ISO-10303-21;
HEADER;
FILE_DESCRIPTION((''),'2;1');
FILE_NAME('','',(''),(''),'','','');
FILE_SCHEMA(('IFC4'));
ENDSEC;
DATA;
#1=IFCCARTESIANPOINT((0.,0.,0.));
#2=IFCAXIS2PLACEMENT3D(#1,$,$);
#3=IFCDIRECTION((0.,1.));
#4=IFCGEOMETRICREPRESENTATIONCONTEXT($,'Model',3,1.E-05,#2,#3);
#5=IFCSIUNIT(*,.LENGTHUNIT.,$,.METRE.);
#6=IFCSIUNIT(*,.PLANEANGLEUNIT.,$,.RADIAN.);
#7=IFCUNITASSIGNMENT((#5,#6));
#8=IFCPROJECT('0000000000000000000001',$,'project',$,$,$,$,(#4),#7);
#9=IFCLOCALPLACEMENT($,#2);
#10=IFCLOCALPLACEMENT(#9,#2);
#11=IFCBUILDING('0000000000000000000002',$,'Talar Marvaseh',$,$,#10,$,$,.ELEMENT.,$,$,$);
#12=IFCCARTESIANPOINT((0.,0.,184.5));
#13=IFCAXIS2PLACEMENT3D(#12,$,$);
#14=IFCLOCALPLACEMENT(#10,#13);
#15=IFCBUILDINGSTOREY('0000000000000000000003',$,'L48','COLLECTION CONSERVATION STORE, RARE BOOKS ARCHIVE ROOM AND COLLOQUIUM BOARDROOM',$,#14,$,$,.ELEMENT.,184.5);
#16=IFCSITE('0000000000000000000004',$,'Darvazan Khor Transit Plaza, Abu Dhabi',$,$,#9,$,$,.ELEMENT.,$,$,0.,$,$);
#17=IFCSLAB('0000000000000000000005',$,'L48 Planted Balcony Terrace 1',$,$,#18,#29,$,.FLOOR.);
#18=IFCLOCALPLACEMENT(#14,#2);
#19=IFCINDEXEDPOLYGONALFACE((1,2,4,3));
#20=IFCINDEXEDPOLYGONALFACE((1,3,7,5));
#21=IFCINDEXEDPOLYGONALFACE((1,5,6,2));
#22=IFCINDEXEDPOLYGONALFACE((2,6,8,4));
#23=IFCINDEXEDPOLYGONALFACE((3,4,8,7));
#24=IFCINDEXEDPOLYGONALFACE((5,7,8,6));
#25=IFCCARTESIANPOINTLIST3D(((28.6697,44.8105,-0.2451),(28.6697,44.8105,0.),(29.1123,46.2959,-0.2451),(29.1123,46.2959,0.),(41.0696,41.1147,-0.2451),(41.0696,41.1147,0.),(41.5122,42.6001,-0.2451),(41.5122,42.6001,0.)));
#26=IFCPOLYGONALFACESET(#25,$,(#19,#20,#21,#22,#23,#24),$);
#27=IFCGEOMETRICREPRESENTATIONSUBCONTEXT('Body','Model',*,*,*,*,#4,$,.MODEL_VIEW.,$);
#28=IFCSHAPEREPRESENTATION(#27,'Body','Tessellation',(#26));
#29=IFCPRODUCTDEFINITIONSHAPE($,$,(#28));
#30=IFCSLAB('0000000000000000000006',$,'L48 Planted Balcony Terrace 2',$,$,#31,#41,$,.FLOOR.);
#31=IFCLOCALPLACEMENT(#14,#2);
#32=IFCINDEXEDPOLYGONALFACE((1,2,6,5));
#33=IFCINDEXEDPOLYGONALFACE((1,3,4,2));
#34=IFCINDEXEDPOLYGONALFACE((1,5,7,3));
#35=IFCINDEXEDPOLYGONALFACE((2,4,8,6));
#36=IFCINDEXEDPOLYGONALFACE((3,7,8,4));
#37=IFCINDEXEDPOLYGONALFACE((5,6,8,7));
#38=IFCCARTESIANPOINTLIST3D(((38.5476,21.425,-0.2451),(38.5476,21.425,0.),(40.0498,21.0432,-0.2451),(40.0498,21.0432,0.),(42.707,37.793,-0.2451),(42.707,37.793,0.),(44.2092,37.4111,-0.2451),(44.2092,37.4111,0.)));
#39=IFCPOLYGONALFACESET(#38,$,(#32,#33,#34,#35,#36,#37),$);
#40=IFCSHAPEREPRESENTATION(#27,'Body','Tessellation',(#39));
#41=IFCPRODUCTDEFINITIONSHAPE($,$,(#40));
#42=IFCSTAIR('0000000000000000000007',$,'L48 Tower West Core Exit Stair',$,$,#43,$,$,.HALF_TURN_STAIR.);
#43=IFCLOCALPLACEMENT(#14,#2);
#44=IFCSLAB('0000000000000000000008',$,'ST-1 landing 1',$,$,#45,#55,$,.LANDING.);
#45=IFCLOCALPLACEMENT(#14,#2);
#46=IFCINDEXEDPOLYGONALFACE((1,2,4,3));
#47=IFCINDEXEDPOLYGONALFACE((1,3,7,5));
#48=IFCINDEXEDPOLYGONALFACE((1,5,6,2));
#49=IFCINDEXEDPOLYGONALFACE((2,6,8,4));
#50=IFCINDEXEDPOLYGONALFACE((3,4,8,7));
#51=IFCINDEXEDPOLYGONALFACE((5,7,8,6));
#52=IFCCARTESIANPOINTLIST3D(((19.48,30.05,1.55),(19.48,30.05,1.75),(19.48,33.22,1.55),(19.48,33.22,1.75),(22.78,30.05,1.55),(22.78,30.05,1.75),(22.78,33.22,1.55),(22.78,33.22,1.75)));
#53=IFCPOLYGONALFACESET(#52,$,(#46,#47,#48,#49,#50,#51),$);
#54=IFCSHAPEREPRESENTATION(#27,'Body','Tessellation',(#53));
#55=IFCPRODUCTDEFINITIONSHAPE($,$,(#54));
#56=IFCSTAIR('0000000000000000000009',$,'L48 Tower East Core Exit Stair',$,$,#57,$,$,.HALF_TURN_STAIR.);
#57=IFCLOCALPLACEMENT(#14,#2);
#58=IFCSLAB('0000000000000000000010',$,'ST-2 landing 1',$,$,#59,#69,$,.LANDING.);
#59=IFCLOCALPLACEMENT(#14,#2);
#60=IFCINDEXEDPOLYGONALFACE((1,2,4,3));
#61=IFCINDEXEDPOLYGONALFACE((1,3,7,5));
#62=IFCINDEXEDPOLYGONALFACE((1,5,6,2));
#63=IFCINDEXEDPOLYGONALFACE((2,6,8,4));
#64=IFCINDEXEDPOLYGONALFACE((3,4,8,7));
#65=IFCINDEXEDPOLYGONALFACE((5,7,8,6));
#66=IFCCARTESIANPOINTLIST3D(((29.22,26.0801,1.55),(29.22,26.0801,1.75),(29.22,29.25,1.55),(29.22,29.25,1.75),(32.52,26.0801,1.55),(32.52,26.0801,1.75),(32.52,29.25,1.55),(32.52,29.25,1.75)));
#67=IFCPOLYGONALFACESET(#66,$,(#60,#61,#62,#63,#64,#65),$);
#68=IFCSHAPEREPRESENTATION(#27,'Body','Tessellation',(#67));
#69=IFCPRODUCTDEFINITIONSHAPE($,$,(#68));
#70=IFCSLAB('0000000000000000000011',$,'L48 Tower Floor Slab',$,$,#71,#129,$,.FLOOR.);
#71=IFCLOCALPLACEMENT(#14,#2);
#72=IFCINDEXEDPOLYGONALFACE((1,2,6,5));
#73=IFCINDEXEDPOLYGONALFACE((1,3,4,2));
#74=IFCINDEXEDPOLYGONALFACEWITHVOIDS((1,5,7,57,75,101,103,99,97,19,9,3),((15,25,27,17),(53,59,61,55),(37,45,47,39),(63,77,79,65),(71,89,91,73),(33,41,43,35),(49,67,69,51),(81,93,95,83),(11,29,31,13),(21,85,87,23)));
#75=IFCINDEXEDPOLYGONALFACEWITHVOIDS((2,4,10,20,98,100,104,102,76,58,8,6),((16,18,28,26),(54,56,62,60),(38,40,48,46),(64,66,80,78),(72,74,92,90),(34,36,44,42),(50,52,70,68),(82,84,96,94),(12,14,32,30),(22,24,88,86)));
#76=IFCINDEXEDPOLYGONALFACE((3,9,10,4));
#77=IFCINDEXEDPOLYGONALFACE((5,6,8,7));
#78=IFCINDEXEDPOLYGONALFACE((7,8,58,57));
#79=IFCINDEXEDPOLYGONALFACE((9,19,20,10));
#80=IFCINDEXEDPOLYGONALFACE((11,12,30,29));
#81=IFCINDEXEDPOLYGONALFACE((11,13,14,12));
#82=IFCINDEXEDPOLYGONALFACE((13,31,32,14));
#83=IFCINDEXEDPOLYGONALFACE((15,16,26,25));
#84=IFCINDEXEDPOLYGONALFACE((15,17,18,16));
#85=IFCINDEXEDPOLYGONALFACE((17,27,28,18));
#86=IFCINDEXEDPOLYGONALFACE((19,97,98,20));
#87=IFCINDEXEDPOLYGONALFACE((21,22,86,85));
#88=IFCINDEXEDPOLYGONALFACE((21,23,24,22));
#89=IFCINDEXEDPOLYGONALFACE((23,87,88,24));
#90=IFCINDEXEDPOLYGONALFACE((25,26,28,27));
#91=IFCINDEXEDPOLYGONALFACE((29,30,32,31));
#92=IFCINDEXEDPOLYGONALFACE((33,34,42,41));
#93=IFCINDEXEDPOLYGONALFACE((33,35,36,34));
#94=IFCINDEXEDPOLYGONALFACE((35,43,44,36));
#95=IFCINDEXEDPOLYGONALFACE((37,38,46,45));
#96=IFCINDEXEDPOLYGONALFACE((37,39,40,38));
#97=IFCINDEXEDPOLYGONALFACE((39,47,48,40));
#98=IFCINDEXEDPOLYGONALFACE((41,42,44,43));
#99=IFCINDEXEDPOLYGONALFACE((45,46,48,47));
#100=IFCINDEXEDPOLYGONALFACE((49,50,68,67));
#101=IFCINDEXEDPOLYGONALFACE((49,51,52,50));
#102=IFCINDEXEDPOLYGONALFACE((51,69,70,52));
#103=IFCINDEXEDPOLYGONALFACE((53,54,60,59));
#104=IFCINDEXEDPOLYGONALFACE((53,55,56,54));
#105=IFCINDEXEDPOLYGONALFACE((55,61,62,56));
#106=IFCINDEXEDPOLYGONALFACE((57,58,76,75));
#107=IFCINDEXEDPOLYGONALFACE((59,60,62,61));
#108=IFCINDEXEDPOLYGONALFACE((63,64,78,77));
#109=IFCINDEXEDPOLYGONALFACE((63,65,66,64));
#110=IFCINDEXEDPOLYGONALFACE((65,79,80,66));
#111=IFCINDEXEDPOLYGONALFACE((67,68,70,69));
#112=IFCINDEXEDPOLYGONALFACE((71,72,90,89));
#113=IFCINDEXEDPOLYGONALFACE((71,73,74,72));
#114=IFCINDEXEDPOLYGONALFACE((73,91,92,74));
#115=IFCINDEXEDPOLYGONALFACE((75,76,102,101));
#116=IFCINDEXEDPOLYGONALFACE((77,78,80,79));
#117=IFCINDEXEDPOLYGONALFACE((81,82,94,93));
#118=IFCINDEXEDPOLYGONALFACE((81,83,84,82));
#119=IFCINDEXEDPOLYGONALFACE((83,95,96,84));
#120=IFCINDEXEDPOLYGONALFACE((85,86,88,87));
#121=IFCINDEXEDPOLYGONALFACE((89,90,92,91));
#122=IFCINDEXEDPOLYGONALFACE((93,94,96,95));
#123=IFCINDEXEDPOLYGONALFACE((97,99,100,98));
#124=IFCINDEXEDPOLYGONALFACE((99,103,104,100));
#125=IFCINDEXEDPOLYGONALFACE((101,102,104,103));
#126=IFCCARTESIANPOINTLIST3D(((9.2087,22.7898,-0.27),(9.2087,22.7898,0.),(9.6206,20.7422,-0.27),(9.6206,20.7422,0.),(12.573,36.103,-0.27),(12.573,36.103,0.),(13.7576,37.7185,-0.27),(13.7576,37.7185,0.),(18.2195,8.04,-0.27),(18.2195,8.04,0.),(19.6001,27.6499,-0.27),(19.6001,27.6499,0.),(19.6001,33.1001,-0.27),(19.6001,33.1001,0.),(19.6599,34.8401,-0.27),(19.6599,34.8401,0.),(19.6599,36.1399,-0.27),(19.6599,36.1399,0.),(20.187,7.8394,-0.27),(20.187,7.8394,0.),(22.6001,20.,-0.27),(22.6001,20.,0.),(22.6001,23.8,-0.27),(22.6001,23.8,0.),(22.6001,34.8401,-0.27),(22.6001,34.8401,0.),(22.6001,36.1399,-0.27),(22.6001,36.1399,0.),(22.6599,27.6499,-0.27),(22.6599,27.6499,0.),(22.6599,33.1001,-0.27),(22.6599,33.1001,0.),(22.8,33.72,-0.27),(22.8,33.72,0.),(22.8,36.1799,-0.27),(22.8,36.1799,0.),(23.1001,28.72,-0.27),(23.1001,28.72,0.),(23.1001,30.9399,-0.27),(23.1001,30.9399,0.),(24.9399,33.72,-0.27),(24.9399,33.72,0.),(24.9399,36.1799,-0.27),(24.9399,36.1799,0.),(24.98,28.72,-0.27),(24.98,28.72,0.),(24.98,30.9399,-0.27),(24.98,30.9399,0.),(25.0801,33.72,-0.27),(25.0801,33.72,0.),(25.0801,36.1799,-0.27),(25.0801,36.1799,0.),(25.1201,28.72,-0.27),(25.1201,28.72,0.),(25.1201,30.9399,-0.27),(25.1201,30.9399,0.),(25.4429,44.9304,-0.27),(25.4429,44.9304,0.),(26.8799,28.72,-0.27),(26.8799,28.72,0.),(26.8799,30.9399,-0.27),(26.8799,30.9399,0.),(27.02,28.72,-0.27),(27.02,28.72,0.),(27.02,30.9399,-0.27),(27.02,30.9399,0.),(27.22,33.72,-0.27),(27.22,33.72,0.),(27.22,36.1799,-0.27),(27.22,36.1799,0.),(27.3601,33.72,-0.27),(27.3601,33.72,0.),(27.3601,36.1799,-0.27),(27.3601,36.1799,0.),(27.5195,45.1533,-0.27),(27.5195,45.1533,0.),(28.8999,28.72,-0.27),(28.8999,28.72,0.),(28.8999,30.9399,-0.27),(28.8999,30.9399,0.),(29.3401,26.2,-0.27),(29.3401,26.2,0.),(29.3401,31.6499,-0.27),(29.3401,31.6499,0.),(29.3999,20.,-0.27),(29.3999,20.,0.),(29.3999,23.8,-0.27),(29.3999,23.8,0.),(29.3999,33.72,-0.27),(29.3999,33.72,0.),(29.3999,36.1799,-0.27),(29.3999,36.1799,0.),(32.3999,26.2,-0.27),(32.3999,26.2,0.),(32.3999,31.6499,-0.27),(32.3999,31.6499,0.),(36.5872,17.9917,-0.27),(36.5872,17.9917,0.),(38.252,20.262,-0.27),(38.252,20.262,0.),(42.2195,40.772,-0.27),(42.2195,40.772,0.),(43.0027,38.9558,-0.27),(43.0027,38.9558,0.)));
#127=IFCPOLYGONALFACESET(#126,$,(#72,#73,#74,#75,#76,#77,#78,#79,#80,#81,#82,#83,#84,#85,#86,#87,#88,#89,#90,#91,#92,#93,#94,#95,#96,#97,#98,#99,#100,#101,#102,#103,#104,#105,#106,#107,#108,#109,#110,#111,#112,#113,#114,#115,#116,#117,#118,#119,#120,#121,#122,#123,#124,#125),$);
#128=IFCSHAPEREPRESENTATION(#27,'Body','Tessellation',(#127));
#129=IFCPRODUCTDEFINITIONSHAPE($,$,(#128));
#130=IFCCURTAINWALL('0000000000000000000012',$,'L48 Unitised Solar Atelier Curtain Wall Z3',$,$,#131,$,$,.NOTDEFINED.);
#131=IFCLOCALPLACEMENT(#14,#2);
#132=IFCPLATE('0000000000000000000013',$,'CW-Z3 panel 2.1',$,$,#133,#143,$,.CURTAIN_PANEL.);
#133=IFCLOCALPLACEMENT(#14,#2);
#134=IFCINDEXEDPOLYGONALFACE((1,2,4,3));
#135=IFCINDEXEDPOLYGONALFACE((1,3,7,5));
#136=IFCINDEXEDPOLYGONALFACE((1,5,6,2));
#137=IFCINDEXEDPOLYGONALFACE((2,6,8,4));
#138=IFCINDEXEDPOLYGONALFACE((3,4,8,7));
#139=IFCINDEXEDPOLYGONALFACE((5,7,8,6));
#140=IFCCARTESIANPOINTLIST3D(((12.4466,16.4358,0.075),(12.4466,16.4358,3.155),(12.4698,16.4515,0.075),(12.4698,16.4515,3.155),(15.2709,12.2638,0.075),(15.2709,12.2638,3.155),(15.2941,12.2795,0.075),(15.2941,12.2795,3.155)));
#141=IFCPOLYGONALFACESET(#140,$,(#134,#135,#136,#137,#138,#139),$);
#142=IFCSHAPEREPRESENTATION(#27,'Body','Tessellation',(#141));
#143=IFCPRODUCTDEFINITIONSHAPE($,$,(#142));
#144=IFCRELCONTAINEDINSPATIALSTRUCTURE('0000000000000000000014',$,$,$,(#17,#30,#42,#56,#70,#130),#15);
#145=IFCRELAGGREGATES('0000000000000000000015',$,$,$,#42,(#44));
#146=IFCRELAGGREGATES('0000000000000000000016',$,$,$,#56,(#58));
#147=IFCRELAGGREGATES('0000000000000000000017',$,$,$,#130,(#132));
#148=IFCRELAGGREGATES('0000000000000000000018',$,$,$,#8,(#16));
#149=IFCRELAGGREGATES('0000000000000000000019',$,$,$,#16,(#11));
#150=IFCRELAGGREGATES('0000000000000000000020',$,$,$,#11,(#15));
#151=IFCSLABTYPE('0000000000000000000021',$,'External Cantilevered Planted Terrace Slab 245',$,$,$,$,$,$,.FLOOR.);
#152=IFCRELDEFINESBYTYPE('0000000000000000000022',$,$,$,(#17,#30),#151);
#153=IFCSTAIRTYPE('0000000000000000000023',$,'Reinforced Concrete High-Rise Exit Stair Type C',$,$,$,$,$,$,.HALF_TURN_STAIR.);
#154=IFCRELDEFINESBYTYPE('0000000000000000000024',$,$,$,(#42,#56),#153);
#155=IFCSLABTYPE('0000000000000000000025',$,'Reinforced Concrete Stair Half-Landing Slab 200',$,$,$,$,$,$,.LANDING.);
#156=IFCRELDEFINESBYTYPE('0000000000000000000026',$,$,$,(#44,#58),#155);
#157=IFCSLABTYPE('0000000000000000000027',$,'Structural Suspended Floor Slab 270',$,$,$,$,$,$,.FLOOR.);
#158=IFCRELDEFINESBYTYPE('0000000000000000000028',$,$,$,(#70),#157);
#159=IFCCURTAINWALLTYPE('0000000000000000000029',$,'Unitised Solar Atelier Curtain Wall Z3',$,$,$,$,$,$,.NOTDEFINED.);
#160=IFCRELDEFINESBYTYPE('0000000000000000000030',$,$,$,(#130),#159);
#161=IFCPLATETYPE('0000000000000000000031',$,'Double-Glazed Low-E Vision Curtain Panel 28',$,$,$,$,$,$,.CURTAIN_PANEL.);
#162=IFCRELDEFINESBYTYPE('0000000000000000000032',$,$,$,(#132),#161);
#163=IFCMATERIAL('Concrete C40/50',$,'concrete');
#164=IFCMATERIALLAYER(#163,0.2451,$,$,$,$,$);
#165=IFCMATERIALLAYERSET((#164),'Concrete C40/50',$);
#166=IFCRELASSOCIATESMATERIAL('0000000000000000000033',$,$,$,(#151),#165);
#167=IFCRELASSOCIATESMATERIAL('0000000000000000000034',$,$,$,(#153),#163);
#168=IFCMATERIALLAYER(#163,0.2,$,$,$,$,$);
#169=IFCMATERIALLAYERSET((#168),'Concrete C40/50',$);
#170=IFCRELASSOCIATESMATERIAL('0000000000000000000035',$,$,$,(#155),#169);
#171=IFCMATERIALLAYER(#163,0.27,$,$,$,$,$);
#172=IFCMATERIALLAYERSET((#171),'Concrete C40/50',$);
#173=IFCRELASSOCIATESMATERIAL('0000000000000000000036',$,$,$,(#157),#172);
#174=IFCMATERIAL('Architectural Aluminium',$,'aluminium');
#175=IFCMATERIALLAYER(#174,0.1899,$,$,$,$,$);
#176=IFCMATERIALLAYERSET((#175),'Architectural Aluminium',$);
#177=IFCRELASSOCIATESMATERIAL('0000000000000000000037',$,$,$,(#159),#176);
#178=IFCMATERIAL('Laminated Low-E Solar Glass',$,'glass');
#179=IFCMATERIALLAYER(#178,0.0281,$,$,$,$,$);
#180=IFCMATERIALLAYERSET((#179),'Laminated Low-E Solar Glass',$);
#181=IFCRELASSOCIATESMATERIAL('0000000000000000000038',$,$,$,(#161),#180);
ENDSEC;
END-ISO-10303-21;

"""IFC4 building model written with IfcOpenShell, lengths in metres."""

from ifc_helpers import new_model, si_unit, direction, frame, origin, origin_2d, place, context, subcontext, project, spatial, polyline, rectangle, outline, extrude, source, transform, mapped, material, layer, layer_set, type_object, type_shapes, element, aggregate, save


model = new_model("IFC4")

# Units and contexts
model_context = context("Model", 3, precision=1e-05, world=origin(), true_north=direction((0.0, 1.0)))
body_context = subcontext(model_context, "Body", "Model", "MODEL_VIEW")
ifc_project = project(units=[si_unit("LENGTHUNIT", "METRE"), si_unit("PLANEANGLEUNIT", "RADIAN")], contexts=[model_context])

# Site, building, storey
site_placement = place(None, origin())
site = spatial("IfcSite", under=ifc_project, at=site_placement, Name="Darvazan Khor Transit Plaza, Abu Dhabi", CompositionType="ELEMENT", RefElevation=0.0)
building_placement = place(site_placement, origin())
building = spatial("IfcBuilding", under=site, at=building_placement, Name="Talar Marvaseh", CompositionType="ELEMENT")
storey_placement = place(building_placement, frame((0.0, 0.0, 184.5)))
storey = spatial("IfcBuildingStorey", under=building, at=storey_placement, Name="L48", Description="COLLECTION CONSERVATION STORE, RARE BOOKS ARCHIVE ROOM AND COLLOQUIUM BOARDROOM", CompositionType="ELEMENT", Elevation=184.5)

# Slabs
ifc_material_1 = material(Name="Concrete C40/50", Category="concrete")
ifc_layer_1 = layer(ifc_material_1, 0.2451)
ifc_layer_set_1 = layer_set([ifc_layer_1], Name="Concrete C40/50")
slab_type_1 = type_object("IfcSlabType", Name="External Cantilevered Planted Terrace Slab 245", PredefinedType="FLOOR", material=ifc_layer_set_1)
slab_1_placement = place(storey_placement, frame((0.0, 0.0, -0.2451)))
element("IfcSlab", 1, at=slab_1_placement, inside=storey, type_object=slab_type_1, Name="L48 Planted Balcony Terrace 1", PredefinedType="FLOOR", context=body_context, shape_type="SweptSolid", body=[
    extrude(outline(polyline([(28.6697, 44.8105), (41.0696, 41.1147), (41.5122, 42.6001), (29.1123, 46.2959), (28.6697, 44.8105)])), origin(), (0.0, 0.0, 1.0), 0.2451),
])
slab_2_placement = place(storey_placement, frame((0.0, 0.0, -0.2451)))
element("IfcSlab", 2, at=slab_2_placement, inside=storey, type_object=slab_type_1, Name="L48 Planted Balcony Terrace 2", PredefinedType="FLOOR", context=body_context, shape_type="SweptSolid", body=[
    extrude(outline(polyline([(42.707, 37.793), (38.5476, 21.425), (40.0498, 21.0432), (44.2092, 37.4111), (42.707, 37.793)])), origin(), (0.0, 0.0, 1.0), 0.2451),
])

# Stairs, slabs
stair_type = type_object("IfcStairType", Name="Reinforced Concrete High-Rise Exit Stair Type C", PredefinedType="HALF_TURN_STAIR", material=ifc_material_1)
stair_1_placement = place(storey_placement, origin())
stair_1 = element("IfcStair", 3, at=stair_1_placement, inside=storey, type_object=stair_type, Name="L48 Tower West Core Exit Stair", PredefinedType="HALF_TURN_STAIR")
ifc_layer_2 = layer(ifc_material_1, 0.2)
ifc_layer_set_2 = layer_set([ifc_layer_2], Name="Concrete C40/50")
slab_type_2 = type_object("IfcSlabType", Name="Reinforced Concrete Stair Half-Landing Slab 200", PredefinedType="LANDING", material=ifc_layer_set_2)
slab_3_placement = place(storey_placement, frame((0.0, 0.0, 1.55)))
slab_3 = element("IfcSlab", 4, at=slab_3_placement, type_object=slab_type_2, Name="ST-1 landing 1", PredefinedType="LANDING", context=body_context, shape_type="SweptSolid", body=[
    extrude(outline(polyline([(22.78, 30.05), (22.78, 33.22), (19.48, 33.22), (19.48, 30.05), (22.78, 30.05)])), origin(), (0.0, 0.0, 1.0), 0.2),
])
aggregate(stair_1, [slab_3])
stair_2_placement = place(storey_placement, origin())
stair_2 = element("IfcStair", 5, at=stair_2_placement, inside=storey, type_object=stair_type, Name="L48 Tower East Core Exit Stair", PredefinedType="HALF_TURN_STAIR")
slab_4_placement = place(storey_placement, frame((0.0, 0.0, 1.55)))
slab_4 = element("IfcSlab", 6, at=slab_4_placement, type_object=slab_type_2, Name="ST-2 landing 1", PredefinedType="LANDING", context=body_context, shape_type="SweptSolid", body=[
    extrude(outline(polyline([(29.22, 29.25), (29.22, 26.0801), (32.52, 26.0801), (32.52, 29.25), (29.22, 29.25)])), origin(), (0.0, 0.0, 1.0), 0.2),
])
aggregate(stair_2, [slab_4])

# Slab
ifc_layer_3 = layer(ifc_material_1, 0.27)
ifc_layer_set_3 = layer_set([ifc_layer_3], Name="Concrete C40/50")
slab_type_3 = type_object("IfcSlabType", Name="Structural Suspended Floor Slab 270", PredefinedType="FLOOR", material=ifc_layer_set_3)
slab_5_placement = place(storey_placement, frame((0.0, 0.0, -0.27)))
element("IfcSlab", 7, at=slab_5_placement, inside=storey, type_object=slab_type_3, Name="L48 Tower Floor Slab", PredefinedType="FLOOR", context=body_context, shape_type="SweptSolid", body=[
    extrude(outline(polyline([(20.187, 7.8394), (18.2195, 8.04), (9.6206, 20.7422), (9.2087, 22.7898), (12.573, 36.103), (13.7576, 37.7185), (25.4429, 44.9304), (27.5195, 45.1533), (42.2195, 40.772), (43.0027, 38.9558), (38.252, 20.262), (36.5872, 17.9917), (20.187, 7.8394)]), holes=[polyline([(22.6599, 27.6499), (22.6599, 33.1001), (19.6001, 33.1001), (19.6001, 27.6499), (22.6599, 27.6499)]), polyline([(29.3401, 31.6499), (29.3401, 26.2), (32.3999, 26.2), (32.3999, 31.6499), (29.3401, 31.6499)]), polyline([(22.8, 33.72), (24.9399, 33.72), (24.9399, 36.1799), (22.8, 36.1799), (22.8, 33.72)]), polyline([(25.0801, 33.72), (27.22, 33.72), (27.22, 36.1799), (25.0801, 36.1799), (25.0801, 33.72)]), polyline([(27.3601, 33.72), (29.3999, 33.72), (29.3999, 36.1799), (27.3601, 36.1799), (27.3601, 33.72)]), polyline([(23.1001, 28.72), (24.98, 28.72), (24.98, 30.9399), (23.1001, 30.9399), (23.1001, 28.72)]), polyline([(25.1201, 28.72), (26.8799, 28.72), (26.8799, 30.9399), (25.1201, 30.9399), (25.1201, 28.72)]), polyline([(27.02, 28.72), (28.8999, 28.72), (28.8999, 30.9399), (27.02, 30.9399), (27.02, 28.72)]), polyline([(19.6599, 34.8401), (22.6001, 34.8401), (22.6001, 36.1399), (19.6599, 36.1399), (19.6599, 34.8401)]), polyline([(22.6001, 20.0), (29.3999, 20.0), (29.3999, 23.8), (22.6001, 23.8), (22.6001, 20.0)])]), origin(), (0.0, 0.0, 1.0), 0.27),
])

# Curtain wall, plate
ifc_material_2 = material(Name="Architectural Aluminium", Category="aluminium")
ifc_layer_4 = layer(ifc_material_2, 0.1899)
ifc_layer_set_4 = layer_set([ifc_layer_4], Name="Architectural Aluminium")
curtain_wall_type = type_object("IfcCurtainWallType", Name="Unitised Solar Atelier Curtain Wall Z3", PredefinedType="NOTDEFINED", material=ifc_layer_set_4)
curtain_wall_placement = place(storey_placement, origin())
curtain_wall = element("IfcCurtainWall", 8, at=curtain_wall_placement, inside=storey, type_object=curtain_wall_type, Name="L48 Unitised Solar Atelier Curtain Wall Z3", PredefinedType="NOTDEFINED")
ifc_material_3 = material(Name="Laminated Low-E Solar Glass", Category="glass")
ifc_layer_5 = layer(ifc_material_3, 0.0281)
ifc_layer_set_5 = layer_set([ifc_layer_5], Name="Laminated Low-E Solar Glass")
plate_type = type_object("IfcPlateType", Name="Double-Glazed Low-E Vision Curtain Panel 28", PredefinedType="CURTAIN_PANEL", material=ifc_layer_set_5)
shared_shape_1 = source(origin(), body_context, "Body", "SweptSolid", [
    extrude(rectangle(XDim=5.0381, YDim=0.0281, at=origin_2d()), origin(), (0.0, 0.0, 1.0), 3.0801),
])
type_shapes(plate_type, [shared_shape_1])
plate_placement = place(storey_placement, frame((13.8704, 14.3577, 0.075), z_axis=(0.0, 0.0, 1.0), x_axis=(-0.560588, 0.828095, 0.0)))
plate = element("IfcPlate", 9, at=plate_placement, type_object=plate_type, Name="CW-Z3 panel 2.1", PredefinedType="CURTAIN_PANEL", context=body_context, shape_type="MappedRepresentation", body=[
    mapped(shared_shape_1, transform((0.0, 0.0, 0.0), x_axis=(1.0, 0.0, 0.0), y_axis=(0.0, 1.0, 0.0), z_axis=(0.0, 0.0, 1.0), scale=1.0)),
])
aggregate(curtain_wall, [plate])

save(model, "model.ifc")
